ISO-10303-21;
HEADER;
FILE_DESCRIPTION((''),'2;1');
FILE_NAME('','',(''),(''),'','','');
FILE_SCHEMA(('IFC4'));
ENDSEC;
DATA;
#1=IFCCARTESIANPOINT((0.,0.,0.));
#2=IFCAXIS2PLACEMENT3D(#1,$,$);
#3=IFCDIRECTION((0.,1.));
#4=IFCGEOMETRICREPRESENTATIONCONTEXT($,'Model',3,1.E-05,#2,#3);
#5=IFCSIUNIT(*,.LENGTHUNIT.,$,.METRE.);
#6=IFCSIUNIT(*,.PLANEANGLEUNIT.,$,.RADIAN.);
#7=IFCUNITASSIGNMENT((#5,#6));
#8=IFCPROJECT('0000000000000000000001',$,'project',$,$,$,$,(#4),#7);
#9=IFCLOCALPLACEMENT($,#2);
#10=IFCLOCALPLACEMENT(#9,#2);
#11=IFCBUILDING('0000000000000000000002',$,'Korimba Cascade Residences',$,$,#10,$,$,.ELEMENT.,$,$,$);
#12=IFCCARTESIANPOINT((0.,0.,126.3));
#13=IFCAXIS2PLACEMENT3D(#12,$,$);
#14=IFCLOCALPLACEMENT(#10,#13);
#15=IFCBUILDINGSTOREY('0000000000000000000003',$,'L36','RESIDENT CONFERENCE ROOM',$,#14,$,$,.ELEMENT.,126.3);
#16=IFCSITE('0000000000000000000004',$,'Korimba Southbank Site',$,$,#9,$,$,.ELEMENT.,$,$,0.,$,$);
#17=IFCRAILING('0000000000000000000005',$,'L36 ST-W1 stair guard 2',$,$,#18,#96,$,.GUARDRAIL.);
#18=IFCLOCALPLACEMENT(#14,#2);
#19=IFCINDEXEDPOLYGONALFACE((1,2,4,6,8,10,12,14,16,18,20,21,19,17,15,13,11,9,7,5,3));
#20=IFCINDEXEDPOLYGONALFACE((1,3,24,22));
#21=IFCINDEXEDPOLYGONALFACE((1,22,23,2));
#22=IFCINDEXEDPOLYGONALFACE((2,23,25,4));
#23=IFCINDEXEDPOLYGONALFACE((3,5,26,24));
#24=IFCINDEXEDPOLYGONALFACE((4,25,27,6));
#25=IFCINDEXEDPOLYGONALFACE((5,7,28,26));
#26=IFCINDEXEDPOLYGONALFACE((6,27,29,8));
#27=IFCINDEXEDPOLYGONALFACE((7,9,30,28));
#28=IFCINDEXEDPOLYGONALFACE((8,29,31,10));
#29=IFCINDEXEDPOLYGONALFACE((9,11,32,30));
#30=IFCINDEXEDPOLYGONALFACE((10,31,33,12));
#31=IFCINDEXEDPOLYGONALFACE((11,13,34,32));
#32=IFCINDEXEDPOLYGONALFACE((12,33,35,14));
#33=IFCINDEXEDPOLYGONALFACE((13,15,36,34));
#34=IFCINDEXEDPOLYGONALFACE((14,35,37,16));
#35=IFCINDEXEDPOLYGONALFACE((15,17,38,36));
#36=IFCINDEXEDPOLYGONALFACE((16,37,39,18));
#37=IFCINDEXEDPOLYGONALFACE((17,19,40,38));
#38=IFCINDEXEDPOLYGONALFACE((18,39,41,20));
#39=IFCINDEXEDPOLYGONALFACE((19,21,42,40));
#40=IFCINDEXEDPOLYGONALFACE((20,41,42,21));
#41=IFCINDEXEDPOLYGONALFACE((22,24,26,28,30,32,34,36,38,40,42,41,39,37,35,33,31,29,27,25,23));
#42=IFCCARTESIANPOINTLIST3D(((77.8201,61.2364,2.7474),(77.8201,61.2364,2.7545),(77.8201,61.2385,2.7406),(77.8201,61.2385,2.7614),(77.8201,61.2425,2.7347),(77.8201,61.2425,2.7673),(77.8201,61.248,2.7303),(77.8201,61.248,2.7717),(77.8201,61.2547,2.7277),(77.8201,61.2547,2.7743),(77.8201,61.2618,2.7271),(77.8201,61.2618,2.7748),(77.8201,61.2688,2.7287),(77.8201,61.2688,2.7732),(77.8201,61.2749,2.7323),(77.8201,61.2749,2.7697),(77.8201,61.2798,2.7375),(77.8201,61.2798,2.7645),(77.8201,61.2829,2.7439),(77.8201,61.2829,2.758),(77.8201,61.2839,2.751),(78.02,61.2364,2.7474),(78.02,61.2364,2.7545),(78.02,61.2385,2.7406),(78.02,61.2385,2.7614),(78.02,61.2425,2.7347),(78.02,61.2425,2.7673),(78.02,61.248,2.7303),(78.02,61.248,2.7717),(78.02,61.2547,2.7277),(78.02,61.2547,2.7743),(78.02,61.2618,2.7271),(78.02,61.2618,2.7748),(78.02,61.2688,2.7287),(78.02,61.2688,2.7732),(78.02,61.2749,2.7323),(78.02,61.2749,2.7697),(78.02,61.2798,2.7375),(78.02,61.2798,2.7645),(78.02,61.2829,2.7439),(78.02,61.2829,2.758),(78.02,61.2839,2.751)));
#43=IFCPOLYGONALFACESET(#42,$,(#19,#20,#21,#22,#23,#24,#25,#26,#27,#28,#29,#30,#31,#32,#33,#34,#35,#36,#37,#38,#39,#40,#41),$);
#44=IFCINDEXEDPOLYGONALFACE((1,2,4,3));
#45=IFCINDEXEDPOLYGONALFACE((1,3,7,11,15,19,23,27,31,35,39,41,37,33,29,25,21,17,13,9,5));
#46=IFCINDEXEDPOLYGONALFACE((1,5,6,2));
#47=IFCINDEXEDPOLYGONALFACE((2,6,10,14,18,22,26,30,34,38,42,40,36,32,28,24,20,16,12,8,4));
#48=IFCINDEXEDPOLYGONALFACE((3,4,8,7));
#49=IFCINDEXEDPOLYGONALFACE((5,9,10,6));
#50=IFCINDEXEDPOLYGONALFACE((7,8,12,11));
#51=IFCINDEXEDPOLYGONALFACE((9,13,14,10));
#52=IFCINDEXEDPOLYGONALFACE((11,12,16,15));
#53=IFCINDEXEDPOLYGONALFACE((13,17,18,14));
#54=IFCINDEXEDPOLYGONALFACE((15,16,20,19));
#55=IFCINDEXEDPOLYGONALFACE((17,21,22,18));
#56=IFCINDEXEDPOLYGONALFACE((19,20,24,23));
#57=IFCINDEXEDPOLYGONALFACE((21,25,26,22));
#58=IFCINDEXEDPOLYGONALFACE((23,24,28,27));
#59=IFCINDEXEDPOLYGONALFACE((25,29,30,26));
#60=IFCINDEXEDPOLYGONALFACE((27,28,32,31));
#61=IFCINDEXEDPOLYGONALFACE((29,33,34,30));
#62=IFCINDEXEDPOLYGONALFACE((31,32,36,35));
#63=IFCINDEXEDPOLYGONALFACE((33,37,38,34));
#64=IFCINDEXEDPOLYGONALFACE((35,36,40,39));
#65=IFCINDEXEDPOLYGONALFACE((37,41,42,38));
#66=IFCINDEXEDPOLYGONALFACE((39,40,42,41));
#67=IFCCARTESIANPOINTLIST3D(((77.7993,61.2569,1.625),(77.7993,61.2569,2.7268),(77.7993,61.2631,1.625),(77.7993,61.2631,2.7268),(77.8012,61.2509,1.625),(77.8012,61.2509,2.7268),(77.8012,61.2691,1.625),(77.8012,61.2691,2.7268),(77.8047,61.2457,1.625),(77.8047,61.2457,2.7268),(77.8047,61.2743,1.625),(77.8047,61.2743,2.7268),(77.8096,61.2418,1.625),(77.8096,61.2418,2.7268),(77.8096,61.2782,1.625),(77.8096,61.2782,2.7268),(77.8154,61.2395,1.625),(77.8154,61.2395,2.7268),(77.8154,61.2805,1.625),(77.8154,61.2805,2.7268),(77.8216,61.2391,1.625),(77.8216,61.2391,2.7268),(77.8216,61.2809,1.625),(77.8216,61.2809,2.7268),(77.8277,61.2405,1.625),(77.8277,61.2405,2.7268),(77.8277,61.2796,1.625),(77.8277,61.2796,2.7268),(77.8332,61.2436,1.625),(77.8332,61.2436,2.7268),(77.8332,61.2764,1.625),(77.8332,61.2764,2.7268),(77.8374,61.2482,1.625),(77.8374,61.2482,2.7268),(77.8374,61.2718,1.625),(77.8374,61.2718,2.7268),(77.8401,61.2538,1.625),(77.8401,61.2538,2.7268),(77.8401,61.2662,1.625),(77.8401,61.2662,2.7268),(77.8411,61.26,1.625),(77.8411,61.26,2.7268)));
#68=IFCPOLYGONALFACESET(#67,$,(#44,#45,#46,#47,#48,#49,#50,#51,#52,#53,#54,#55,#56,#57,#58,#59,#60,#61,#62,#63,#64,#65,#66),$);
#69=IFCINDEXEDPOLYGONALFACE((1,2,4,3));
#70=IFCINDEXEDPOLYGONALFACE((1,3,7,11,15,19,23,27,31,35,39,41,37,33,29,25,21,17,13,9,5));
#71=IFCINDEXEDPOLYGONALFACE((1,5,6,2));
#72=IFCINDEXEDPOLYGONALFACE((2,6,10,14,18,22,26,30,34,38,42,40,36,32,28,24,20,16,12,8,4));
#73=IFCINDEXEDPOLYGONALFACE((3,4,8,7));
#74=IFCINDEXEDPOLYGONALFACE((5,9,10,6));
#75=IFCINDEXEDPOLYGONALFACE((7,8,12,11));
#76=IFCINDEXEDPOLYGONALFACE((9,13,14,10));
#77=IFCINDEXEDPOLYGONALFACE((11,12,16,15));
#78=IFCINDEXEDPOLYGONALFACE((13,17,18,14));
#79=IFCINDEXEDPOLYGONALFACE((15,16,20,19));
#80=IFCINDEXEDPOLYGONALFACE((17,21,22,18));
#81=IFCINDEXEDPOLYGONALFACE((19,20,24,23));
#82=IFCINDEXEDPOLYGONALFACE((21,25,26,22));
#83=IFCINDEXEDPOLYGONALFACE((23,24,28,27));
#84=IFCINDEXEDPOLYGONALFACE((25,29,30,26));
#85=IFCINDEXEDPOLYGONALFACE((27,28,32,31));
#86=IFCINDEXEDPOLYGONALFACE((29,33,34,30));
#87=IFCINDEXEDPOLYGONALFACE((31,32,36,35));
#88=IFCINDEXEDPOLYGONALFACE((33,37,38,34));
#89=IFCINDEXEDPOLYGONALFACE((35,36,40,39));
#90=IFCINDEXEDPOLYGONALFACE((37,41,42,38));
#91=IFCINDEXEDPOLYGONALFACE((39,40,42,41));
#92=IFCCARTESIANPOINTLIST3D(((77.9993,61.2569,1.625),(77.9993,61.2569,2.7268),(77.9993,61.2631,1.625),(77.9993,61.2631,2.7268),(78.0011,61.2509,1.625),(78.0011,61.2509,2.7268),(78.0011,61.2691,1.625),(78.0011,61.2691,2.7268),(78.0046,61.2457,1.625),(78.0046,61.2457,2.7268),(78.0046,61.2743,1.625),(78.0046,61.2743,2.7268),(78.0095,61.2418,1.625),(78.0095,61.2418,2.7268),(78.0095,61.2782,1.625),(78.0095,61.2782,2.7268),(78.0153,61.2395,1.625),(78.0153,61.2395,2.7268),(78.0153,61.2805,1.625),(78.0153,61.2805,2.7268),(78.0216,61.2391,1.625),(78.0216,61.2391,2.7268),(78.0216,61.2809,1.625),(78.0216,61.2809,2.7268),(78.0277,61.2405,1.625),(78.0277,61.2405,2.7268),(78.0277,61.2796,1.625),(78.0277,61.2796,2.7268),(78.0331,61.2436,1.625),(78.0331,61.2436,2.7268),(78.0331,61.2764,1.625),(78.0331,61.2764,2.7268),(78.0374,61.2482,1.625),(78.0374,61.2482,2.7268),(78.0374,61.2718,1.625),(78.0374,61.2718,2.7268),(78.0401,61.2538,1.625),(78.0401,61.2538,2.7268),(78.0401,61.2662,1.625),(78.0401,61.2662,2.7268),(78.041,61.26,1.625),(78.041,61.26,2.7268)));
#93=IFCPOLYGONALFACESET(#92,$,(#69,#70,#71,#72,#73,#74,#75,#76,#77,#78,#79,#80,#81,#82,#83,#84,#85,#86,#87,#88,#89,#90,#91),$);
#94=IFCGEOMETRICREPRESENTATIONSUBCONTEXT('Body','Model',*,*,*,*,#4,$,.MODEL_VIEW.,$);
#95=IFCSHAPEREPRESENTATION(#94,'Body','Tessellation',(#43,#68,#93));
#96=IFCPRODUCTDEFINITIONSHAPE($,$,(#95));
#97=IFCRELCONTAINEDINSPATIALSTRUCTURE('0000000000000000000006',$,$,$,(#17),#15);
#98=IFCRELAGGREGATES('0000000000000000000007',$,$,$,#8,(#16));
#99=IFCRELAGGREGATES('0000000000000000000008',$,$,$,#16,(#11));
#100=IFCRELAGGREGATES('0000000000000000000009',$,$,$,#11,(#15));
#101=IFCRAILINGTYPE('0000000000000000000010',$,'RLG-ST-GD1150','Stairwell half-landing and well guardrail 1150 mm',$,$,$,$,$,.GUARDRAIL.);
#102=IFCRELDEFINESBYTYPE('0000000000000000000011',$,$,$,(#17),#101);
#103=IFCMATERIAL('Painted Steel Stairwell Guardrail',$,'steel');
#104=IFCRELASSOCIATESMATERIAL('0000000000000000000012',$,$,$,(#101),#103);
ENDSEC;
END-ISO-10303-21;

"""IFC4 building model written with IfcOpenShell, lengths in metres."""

from ifc_helpers import new_model, si_unit, direction, frame, origin, origin_2d, place, context, subcontext, project, spatial, circle, extrude, material, type_object, element, save


model = new_model("IFC4")

# Units and contexts
model_context = context("Model", 3, precision=1e-05, world=origin(), true_north=direction((0.0, 1.0)))
body_context = subcontext(model_context, "Body", "Model", "MODEL_VIEW")
ifc_project = project(units=[si_unit("LENGTHUNIT", "METRE"), si_unit("PLANEANGLEUNIT", "RADIAN")], contexts=[model_context])

# Site, building, storey
site_placement = place(None, origin())
site = spatial("IfcSite", under=ifc_project, at=site_placement, Name="Korimba Southbank Site", CompositionType="ELEMENT", RefElevation=0.0)
building_placement = place(site_placement, origin())
building = spatial("IfcBuilding", under=site, at=building_placement, Name="Korimba Cascade Residences", CompositionType="ELEMENT")
storey_placement = place(building_placement, frame((0.0, 0.0, 126.3)))
storey = spatial("IfcBuildingStorey", under=building, at=storey_placement, Name="L36", Description="RESIDENT CONFERENCE ROOM", CompositionType="ELEMENT", Elevation=126.3)

# Railing
ifc_material_1 = material(Name="Painted Steel Stairwell Guardrail", Category="steel")
railing_type_1 = type_object("IfcRailingType", Name="RLG-ST-GD1150", Description="Stairwell half-landing and well guardrail 1150 mm", PredefinedType="GUARDRAIL", material=ifc_material_1)
railing_1_placement = place(storey_placement, frame((77.8201, 61.26, 1.625)))
element("IfcRailing", 1, at=railing_1_placement, inside=storey, type_object=railing_type_1, Name="L36 ST-W1 stair guard 2", PredefinedType="GUARDRAIL", context=body_context, shape_type="SweptSolid", body=[
    extrude(circle(Radius=0.0239, at=origin_2d()), frame((0.0, 0.0, 1.126), z_axis=(1.0, 0.0, 0.0), x_axis=(0.0, 1.0, 0.0)), (0.0, 0.0, 1.0), 0.2),
    extrude(circle(Radius=0.021, at=origin_2d()), origin(), (0.0, 0.0, 1.0), 1.1018),
    extrude(circle(Radius=0.021, at=origin_2d()), frame((0.2, 0.0, 0.0)), (0.0, 0.0, 1.0), 1.1018),
])

save(model, "model.ifc")
